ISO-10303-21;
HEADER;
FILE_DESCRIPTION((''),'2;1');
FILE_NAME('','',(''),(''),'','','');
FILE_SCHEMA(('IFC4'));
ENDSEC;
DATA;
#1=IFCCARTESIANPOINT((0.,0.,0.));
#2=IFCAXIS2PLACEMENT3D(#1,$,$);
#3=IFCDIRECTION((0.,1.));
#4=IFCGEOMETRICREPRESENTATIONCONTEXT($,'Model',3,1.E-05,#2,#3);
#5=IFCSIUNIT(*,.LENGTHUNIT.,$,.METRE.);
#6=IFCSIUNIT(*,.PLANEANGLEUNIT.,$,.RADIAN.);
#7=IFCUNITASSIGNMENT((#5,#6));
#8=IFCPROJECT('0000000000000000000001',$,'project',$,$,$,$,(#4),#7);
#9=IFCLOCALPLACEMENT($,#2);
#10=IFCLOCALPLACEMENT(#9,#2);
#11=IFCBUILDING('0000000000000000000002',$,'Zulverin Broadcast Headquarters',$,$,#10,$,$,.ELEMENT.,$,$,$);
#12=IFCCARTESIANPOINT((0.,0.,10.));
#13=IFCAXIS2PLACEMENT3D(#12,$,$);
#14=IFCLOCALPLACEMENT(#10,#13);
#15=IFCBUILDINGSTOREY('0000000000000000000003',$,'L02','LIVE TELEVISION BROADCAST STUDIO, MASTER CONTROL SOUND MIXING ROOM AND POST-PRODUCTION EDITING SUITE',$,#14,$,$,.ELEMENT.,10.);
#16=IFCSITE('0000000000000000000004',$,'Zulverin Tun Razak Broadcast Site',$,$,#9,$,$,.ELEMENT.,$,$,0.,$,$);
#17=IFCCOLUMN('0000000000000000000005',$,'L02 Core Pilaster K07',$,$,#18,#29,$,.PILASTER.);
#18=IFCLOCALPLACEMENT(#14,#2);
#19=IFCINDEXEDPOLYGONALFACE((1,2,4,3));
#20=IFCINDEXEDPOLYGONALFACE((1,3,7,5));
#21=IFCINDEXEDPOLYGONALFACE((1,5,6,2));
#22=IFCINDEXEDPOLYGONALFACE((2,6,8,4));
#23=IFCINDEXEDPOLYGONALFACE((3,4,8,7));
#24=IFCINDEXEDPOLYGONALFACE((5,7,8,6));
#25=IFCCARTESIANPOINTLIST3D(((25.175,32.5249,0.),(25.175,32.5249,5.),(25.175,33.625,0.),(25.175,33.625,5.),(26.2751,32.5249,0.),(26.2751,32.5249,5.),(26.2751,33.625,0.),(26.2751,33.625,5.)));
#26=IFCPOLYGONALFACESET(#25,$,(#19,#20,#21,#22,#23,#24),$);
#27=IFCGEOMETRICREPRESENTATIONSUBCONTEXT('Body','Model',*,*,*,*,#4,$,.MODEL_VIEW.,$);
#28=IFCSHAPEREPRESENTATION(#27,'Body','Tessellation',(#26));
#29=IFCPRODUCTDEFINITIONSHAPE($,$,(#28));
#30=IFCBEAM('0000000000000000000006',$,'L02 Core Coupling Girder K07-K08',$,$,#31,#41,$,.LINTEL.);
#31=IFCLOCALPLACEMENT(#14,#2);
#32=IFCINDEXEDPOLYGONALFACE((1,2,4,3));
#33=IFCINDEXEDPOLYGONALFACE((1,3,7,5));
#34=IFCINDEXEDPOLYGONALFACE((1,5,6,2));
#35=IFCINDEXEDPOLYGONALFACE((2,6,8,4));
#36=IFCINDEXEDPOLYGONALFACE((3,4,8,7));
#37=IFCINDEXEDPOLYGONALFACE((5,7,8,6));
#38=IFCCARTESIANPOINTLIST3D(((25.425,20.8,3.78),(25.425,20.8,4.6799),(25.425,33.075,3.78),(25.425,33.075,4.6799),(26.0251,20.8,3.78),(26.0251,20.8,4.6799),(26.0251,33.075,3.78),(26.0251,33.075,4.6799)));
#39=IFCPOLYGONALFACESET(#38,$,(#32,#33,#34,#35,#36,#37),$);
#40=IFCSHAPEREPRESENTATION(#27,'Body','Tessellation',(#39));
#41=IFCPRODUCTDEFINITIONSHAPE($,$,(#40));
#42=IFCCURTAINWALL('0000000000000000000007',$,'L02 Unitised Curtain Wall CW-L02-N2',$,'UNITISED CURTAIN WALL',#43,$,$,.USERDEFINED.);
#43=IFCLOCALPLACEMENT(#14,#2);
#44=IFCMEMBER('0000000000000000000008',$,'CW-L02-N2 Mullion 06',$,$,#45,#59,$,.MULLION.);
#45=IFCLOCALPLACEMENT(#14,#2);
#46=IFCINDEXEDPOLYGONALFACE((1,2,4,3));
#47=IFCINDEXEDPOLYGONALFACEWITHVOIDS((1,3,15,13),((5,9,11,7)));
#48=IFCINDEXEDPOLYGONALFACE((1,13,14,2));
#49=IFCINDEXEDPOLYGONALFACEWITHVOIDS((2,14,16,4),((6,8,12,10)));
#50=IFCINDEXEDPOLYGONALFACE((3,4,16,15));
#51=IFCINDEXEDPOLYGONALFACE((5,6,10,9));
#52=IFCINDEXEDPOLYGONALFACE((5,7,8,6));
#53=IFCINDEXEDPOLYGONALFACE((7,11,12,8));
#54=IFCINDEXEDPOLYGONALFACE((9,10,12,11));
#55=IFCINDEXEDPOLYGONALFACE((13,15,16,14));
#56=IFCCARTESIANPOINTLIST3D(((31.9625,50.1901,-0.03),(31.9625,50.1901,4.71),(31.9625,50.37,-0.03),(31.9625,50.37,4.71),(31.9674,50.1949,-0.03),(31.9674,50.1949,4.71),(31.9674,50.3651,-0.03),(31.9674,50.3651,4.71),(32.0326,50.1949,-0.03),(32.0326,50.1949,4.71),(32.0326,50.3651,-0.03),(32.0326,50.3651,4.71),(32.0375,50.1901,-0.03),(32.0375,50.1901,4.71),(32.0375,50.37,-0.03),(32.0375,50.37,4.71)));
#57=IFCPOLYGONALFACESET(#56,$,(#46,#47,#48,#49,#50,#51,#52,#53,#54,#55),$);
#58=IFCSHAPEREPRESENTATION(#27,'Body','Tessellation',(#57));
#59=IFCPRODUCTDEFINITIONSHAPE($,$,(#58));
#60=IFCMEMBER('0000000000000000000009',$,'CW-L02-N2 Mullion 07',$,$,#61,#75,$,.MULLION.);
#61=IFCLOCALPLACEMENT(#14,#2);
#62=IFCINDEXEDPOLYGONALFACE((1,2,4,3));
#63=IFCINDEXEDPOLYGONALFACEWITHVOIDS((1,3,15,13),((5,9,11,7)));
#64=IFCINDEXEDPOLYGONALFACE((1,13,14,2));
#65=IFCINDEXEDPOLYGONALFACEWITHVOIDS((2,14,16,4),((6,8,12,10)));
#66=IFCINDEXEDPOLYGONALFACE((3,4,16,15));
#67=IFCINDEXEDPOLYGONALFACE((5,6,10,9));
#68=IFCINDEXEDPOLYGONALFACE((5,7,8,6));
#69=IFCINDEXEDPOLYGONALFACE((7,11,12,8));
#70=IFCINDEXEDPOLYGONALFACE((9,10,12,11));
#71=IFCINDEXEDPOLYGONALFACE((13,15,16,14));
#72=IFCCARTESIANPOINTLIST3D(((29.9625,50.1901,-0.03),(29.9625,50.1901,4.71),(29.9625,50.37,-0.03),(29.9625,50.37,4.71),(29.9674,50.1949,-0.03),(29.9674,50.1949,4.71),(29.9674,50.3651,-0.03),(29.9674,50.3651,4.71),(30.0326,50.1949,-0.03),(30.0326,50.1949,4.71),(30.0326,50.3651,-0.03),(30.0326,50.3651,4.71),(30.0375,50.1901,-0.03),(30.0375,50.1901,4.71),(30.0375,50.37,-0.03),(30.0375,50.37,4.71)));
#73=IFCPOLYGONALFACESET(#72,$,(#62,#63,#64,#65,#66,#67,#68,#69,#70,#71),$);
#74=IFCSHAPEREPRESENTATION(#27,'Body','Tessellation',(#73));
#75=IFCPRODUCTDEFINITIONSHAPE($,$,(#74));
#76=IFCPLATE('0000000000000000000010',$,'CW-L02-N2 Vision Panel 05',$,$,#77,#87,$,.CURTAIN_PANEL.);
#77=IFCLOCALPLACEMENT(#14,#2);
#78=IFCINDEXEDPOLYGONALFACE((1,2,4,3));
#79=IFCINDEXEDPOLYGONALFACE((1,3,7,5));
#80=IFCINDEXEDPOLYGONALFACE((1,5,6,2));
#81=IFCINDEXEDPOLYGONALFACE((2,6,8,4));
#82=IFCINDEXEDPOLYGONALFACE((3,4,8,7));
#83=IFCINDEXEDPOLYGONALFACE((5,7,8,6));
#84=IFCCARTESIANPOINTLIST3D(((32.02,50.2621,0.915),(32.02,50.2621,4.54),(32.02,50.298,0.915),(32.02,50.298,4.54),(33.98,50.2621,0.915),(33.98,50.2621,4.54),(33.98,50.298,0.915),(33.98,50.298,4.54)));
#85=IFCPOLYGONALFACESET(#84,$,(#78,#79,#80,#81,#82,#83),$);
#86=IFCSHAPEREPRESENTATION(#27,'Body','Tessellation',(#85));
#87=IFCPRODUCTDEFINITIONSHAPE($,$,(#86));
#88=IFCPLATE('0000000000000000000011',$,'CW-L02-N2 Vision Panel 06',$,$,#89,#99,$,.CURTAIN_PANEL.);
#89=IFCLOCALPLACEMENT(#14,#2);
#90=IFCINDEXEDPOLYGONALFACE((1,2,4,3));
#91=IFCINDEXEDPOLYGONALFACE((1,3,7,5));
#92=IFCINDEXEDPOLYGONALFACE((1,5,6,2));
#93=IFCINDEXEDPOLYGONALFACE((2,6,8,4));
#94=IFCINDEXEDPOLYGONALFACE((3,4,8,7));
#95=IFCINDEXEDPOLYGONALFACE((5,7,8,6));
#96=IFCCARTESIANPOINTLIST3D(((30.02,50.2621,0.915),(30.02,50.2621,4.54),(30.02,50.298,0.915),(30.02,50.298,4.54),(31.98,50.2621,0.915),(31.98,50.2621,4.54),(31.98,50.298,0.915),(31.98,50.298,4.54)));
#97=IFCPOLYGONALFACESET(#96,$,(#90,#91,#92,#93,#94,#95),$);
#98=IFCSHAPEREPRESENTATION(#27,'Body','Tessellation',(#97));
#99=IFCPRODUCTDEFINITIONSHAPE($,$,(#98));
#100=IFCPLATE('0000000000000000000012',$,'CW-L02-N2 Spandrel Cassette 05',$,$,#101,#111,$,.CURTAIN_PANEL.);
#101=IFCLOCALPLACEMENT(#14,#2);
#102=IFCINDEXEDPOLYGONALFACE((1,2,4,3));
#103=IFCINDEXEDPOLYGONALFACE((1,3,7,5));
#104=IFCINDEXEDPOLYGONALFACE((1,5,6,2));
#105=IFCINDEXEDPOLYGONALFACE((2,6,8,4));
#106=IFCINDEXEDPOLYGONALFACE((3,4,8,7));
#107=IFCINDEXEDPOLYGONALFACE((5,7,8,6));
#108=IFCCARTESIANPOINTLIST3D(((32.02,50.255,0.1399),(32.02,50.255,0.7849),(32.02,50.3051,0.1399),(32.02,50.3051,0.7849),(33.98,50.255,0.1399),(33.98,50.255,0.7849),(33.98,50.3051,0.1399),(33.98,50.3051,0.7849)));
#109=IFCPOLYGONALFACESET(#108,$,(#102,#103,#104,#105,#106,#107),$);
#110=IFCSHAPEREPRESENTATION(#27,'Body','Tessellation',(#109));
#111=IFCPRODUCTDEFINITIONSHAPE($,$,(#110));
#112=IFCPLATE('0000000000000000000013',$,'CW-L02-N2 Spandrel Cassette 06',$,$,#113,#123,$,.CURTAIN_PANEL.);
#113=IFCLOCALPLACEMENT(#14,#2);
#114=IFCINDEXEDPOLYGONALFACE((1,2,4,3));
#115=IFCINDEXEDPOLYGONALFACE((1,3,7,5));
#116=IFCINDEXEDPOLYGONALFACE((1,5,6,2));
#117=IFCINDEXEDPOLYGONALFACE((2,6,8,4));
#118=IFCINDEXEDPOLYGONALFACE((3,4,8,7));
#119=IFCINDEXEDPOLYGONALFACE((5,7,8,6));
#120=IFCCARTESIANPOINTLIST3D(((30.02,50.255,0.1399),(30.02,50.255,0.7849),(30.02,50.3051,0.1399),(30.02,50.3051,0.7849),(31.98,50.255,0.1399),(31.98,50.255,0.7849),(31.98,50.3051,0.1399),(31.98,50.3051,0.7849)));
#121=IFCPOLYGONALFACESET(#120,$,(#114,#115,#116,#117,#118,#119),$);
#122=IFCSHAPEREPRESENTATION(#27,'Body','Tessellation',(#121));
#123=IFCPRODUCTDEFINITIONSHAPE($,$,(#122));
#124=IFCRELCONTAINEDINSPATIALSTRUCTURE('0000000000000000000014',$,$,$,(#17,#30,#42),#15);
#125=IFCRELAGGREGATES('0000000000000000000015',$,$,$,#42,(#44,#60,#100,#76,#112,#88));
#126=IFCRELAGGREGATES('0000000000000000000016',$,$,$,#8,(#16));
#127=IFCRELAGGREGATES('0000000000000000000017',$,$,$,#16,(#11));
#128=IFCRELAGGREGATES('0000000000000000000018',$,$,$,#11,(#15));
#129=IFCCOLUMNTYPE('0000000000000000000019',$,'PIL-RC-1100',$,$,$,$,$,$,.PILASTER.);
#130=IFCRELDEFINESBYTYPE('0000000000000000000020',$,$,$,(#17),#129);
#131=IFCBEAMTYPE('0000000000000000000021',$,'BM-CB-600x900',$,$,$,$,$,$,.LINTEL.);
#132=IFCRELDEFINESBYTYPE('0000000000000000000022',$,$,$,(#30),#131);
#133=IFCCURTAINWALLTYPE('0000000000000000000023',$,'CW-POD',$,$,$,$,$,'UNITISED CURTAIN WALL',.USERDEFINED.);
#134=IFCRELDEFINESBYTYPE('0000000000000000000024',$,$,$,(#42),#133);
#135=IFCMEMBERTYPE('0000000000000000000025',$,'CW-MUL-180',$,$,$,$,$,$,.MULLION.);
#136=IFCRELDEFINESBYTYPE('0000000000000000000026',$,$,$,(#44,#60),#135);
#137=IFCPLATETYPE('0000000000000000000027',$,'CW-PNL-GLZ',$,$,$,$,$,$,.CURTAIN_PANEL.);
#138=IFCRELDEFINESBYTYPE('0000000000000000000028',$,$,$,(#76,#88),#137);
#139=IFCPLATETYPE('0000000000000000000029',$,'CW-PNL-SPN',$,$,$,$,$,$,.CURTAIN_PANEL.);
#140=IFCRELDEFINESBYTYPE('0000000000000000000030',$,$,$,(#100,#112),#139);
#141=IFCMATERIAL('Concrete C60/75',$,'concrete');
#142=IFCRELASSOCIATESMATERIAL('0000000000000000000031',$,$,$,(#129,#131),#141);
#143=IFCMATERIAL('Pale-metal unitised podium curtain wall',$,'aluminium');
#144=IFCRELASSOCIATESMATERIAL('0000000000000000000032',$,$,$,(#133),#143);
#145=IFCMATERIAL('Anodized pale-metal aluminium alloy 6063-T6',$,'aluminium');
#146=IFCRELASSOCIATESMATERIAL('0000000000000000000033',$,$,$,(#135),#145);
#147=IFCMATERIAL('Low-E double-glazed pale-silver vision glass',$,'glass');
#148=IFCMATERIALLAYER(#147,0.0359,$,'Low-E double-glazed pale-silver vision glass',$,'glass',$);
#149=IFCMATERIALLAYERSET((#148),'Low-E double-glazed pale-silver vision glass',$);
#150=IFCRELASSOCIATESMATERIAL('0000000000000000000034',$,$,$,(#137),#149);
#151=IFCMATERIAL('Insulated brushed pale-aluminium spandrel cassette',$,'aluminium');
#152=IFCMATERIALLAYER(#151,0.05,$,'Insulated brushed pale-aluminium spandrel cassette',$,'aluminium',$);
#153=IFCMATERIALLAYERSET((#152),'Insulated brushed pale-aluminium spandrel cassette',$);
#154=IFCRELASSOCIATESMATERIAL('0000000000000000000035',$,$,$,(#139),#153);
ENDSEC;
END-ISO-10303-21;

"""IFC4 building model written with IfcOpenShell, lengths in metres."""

from ifc_helpers import new_model, si_unit, direction, frame, origin, origin_2d, place, context, subcontext, project, spatial, rectangle, hollow_rectangle, extrude, material, layer, layer_set, material_profile, profile_set, type_object, element, aggregate, save


model = new_model("IFC4")

# Units and contexts
model_context = context("Model", 3, precision=1e-05, world=origin(), true_north=direction((0.0, 1.0)))
body_context = subcontext(model_context, "Body", "Model", "MODEL_VIEW")
ifc_project = project(units=[si_unit("LENGTHUNIT", "METRE"), si_unit("PLANEANGLEUNIT", "RADIAN")], contexts=[model_context])

# Site, building, storey
site_placement = place(None, origin())
site = spatial("IfcSite", under=ifc_project, at=site_placement, Name="Zulverin Tun Razak Broadcast Site", CompositionType="ELEMENT", RefElevation=0.0)
building_placement = place(site_placement, origin())
building = spatial("IfcBuilding", under=site, at=building_placement, Name="Zulverin Broadcast Headquarters", CompositionType="ELEMENT")
storey_placement = place(building_placement, frame((0.0, 0.0, 10.0)))
storey = spatial("IfcBuildingStorey", under=building, at=storey_placement, Name="L02", Description="LIVE TELEVISION BROADCAST STUDIO, MASTER CONTROL SOUND MIXING ROOM AND POST-PRODUCTION EDITING SUITE", CompositionType="ELEMENT", Elevation=10.0)

# Column
ifc_material_1 = material(Name="Concrete C60/75", Category="concrete")
ifc_material_profile_1 = material_profile(ifc_material_1, rectangle(XDim=1.1001, YDim=1.1001, at=origin_2d()), Name="Concrete C60/75", Category="concrete")
ifc_profile_set_1 = profile_set([ifc_material_profile_1], Name="Concrete C60/75")
column_type = type_object("IfcColumnType", Name="PIL-RC-1100", PredefinedType="PILASTER", material=ifc_profile_set_1)
column_placement = place(storey_placement, frame((25.7251, 33.075, 0.0), z_axis=(0.0, 0.0, 1.0), x_axis=(1.0, 0.0, 0.0)))
element("IfcColumn", 1, at=column_placement, inside=storey, type_object=column_type, Name="L02 Core Pilaster K07", PredefinedType="PILASTER", context=body_context, shape_type="SweptSolid", body=[
    extrude(rectangle(XDim=1.1001, YDim=1.1001, at=origin_2d()), origin(), (0.0, 0.0, 1.0), 5.0),
])

# Beam
ifc_material_profile_2 = material_profile(ifc_material_1, rectangle(XDim=0.6001, YDim=0.8999, at=origin_2d()), Name="Concrete C60/75", Category="concrete")
ifc_profile_set_2 = profile_set([ifc_material_profile_2], Name="Concrete C60/75")
beam_type = type_object("IfcBeamType", Name="BM-CB-600x900", PredefinedType="LINTEL", material=ifc_profile_set_2)
beam_placement = place(storey_placement, frame((25.7251, 33.075, 4.23), z_axis=(0.0, -1.0, 0.0), x_axis=(1.0, 0.0, 0.0)))
element("IfcBeam", 2, at=beam_placement, inside=storey, type_object=beam_type, Name="L02 Core Coupling Girder K07-K08", PredefinedType="LINTEL", context=body_context, shape_type="SweptSolid", body=[
    extrude(rectangle(XDim=0.6001, YDim=0.8999, at=origin_2d()), origin(), (0.0, 0.0, 1.0), 12.2749),
])

# Curtain wall, members, plates
ifc_material_2 = material(Name="Pale-metal unitised podium curtain wall", Category="aluminium")
curtain_wall_type = type_object("IfcCurtainWallType", Name="CW-POD", ElementType="UNITISED CURTAIN WALL", PredefinedType="USERDEFINED", material=ifc_material_2)
curtain_wall_placement = place(storey_placement, origin())
curtain_wall = element("IfcCurtainWall", 3, at=curtain_wall_placement, inside=storey, type_object=curtain_wall_type, Name="L02 Unitised Curtain Wall CW-L02-N2", ObjectType="UNITISED CURTAIN WALL", PredefinedType="USERDEFINED")
ifc_material_3 = material(Name="Anodized pale-metal aluminium alloy 6063-T6", Category="aluminium")
ifc_material_profile_3 = material_profile(ifc_material_3, hollow_rectangle(XDim=0.075, YDim=0.1799, WallThickness=0.0049, at=origin_2d()), Name="Anodized pale-metal aluminium alloy 6063-T6", Category="aluminium")
ifc_profile_set_3 = profile_set([ifc_material_profile_3], Name="Anodized pale-metal aluminium alloy 6063-T6")
member_type = type_object("IfcMemberType", Name="CW-MUL-180", PredefinedType="MULLION", material=ifc_profile_set_3)
member_1_placement = place(storey_placement, frame((32.0, 50.28, -0.03), z_axis=(0.0, 0.0, 1.0), x_axis=(-1.0, 0.0, 0.0)))
member_1 = element("IfcMember", 4, at=member_1_placement, type_object=member_type, Name="CW-L02-N2 Mullion 06", PredefinedType="MULLION", context=body_context, shape_type="SweptSolid", body=[
    extrude(hollow_rectangle(XDim=0.075, YDim=0.1799, WallThickness=0.0049, at=origin_2d()), origin(), (0.0, 0.0, 1.0), 4.74),
])
member_2_placement = place(storey_placement, frame((30.0, 50.28, -0.03), z_axis=(0.0, 0.0, 1.0), x_axis=(-1.0, 0.0, 0.0)))
member_2 = element("IfcMember", 5, at=member_2_placement, type_object=member_type, Name="CW-L02-N2 Mullion 07", PredefinedType="MULLION", context=body_context, shape_type="SweptSolid", body=[
    extrude(hollow_rectangle(XDim=0.075, YDim=0.1799, WallThickness=0.0049, at=origin_2d()), origin(), (0.0, 0.0, 1.0), 4.74),
])
ifc_material_4 = material(Name="Low-E double-glazed pale-silver vision glass", Category="glass")
ifc_layer_1 = layer(ifc_material_4, 0.0359, Name="Low-E double-glazed pale-silver vision glass", Category="glass")
ifc_layer_set_1 = layer_set([ifc_layer_1], Name="Low-E double-glazed pale-silver vision glass")
plate_type_1 = type_object("IfcPlateType", Name="CW-PNL-GLZ", PredefinedType="CURTAIN_PANEL", material=ifc_layer_set_1)
plate_1_placement = place(storey_placement, frame((33.0, 50.28, 0.915), z_axis=(0.0, 0.0, 1.0), x_axis=(-1.0, 0.0, 0.0)))
plate_1 = element("IfcPlate", 6, at=plate_1_placement, type_object=plate_type_1, Name="CW-L02-N2 Vision Panel 05", PredefinedType="CURTAIN_PANEL", context=body_context, shape_type="SweptSolid", body=[
    extrude(rectangle(XDim=1.96, YDim=0.0359, at=origin_2d()), origin(), (0.0, 0.0, 1.0), 3.625),
])
plate_2_placement = place(storey_placement, frame((31.0, 50.28, 0.915), z_axis=(0.0, 0.0, 1.0), x_axis=(-1.0, 0.0, 0.0)))
plate_2 = element("IfcPlate", 7, at=plate_2_placement, type_object=plate_type_1, Name="CW-L02-N2 Vision Panel 06", PredefinedType="CURTAIN_PANEL", context=body_context, shape_type="SweptSolid", body=[
    extrude(rectangle(XDim=1.96, YDim=0.0359, at=origin_2d()), origin(), (0.0, 0.0, 1.0), 3.625),
])
ifc_material_5 = material(Name="Insulated brushed pale-aluminium spandrel cassette", Category="aluminium")
ifc_layer_2 = layer(ifc_material_5, 0.05, Name="Insulated brushed pale-aluminium spandrel cassette", Category="aluminium")
ifc_layer_set_2 = layer_set([ifc_layer_2], Name="Insulated brushed pale-aluminium spandrel cassette")
plate_type_2 = type_object("IfcPlateType", Name="CW-PNL-SPN", PredefinedType="CURTAIN_PANEL", material=ifc_layer_set_2)
plate_3_placement = place(storey_placement, frame((33.0, 50.28, 0.1399), z_axis=(0.0, 0.0, 1.0), x_axis=(-1.0, 0.0, 0.0)))
plate_3 = element("IfcPlate", 8, at=plate_3_placement, type_object=plate_type_2, Name="CW-L02-N2 Spandrel Cassette 05", PredefinedType="CURTAIN_PANEL", context=body_context, shape_type="SweptSolid", body=[
    extrude(rectangle(XDim=1.96, YDim=0.05, at=origin_2d()), origin(), (0.0, 0.0, 1.0), 0.645),
])
plate_4_placement = place(storey_placement, frame((31.0, 50.28, 0.1399), z_axis=(0.0, 0.0, 1.0), x_axis=(-1.0, 0.0, 0.0)))
plate_4 = element("IfcPlate", 9, at=plate_4_placement, type_object=plate_type_2, Name="CW-L02-N2 Spandrel Cassette 06", PredefinedType="CURTAIN_PANEL", context=body_context, shape_type="SweptSolid", body=[
    extrude(rectangle(XDim=1.96, YDim=0.05, at=origin_2d()), origin(), (0.0, 0.0, 1.0), 0.645),
])
aggregate(curtain_wall, [member_1, member_2, plate_3, plate_1, plate_4, plate_2])

save(model, "model.ifc")
